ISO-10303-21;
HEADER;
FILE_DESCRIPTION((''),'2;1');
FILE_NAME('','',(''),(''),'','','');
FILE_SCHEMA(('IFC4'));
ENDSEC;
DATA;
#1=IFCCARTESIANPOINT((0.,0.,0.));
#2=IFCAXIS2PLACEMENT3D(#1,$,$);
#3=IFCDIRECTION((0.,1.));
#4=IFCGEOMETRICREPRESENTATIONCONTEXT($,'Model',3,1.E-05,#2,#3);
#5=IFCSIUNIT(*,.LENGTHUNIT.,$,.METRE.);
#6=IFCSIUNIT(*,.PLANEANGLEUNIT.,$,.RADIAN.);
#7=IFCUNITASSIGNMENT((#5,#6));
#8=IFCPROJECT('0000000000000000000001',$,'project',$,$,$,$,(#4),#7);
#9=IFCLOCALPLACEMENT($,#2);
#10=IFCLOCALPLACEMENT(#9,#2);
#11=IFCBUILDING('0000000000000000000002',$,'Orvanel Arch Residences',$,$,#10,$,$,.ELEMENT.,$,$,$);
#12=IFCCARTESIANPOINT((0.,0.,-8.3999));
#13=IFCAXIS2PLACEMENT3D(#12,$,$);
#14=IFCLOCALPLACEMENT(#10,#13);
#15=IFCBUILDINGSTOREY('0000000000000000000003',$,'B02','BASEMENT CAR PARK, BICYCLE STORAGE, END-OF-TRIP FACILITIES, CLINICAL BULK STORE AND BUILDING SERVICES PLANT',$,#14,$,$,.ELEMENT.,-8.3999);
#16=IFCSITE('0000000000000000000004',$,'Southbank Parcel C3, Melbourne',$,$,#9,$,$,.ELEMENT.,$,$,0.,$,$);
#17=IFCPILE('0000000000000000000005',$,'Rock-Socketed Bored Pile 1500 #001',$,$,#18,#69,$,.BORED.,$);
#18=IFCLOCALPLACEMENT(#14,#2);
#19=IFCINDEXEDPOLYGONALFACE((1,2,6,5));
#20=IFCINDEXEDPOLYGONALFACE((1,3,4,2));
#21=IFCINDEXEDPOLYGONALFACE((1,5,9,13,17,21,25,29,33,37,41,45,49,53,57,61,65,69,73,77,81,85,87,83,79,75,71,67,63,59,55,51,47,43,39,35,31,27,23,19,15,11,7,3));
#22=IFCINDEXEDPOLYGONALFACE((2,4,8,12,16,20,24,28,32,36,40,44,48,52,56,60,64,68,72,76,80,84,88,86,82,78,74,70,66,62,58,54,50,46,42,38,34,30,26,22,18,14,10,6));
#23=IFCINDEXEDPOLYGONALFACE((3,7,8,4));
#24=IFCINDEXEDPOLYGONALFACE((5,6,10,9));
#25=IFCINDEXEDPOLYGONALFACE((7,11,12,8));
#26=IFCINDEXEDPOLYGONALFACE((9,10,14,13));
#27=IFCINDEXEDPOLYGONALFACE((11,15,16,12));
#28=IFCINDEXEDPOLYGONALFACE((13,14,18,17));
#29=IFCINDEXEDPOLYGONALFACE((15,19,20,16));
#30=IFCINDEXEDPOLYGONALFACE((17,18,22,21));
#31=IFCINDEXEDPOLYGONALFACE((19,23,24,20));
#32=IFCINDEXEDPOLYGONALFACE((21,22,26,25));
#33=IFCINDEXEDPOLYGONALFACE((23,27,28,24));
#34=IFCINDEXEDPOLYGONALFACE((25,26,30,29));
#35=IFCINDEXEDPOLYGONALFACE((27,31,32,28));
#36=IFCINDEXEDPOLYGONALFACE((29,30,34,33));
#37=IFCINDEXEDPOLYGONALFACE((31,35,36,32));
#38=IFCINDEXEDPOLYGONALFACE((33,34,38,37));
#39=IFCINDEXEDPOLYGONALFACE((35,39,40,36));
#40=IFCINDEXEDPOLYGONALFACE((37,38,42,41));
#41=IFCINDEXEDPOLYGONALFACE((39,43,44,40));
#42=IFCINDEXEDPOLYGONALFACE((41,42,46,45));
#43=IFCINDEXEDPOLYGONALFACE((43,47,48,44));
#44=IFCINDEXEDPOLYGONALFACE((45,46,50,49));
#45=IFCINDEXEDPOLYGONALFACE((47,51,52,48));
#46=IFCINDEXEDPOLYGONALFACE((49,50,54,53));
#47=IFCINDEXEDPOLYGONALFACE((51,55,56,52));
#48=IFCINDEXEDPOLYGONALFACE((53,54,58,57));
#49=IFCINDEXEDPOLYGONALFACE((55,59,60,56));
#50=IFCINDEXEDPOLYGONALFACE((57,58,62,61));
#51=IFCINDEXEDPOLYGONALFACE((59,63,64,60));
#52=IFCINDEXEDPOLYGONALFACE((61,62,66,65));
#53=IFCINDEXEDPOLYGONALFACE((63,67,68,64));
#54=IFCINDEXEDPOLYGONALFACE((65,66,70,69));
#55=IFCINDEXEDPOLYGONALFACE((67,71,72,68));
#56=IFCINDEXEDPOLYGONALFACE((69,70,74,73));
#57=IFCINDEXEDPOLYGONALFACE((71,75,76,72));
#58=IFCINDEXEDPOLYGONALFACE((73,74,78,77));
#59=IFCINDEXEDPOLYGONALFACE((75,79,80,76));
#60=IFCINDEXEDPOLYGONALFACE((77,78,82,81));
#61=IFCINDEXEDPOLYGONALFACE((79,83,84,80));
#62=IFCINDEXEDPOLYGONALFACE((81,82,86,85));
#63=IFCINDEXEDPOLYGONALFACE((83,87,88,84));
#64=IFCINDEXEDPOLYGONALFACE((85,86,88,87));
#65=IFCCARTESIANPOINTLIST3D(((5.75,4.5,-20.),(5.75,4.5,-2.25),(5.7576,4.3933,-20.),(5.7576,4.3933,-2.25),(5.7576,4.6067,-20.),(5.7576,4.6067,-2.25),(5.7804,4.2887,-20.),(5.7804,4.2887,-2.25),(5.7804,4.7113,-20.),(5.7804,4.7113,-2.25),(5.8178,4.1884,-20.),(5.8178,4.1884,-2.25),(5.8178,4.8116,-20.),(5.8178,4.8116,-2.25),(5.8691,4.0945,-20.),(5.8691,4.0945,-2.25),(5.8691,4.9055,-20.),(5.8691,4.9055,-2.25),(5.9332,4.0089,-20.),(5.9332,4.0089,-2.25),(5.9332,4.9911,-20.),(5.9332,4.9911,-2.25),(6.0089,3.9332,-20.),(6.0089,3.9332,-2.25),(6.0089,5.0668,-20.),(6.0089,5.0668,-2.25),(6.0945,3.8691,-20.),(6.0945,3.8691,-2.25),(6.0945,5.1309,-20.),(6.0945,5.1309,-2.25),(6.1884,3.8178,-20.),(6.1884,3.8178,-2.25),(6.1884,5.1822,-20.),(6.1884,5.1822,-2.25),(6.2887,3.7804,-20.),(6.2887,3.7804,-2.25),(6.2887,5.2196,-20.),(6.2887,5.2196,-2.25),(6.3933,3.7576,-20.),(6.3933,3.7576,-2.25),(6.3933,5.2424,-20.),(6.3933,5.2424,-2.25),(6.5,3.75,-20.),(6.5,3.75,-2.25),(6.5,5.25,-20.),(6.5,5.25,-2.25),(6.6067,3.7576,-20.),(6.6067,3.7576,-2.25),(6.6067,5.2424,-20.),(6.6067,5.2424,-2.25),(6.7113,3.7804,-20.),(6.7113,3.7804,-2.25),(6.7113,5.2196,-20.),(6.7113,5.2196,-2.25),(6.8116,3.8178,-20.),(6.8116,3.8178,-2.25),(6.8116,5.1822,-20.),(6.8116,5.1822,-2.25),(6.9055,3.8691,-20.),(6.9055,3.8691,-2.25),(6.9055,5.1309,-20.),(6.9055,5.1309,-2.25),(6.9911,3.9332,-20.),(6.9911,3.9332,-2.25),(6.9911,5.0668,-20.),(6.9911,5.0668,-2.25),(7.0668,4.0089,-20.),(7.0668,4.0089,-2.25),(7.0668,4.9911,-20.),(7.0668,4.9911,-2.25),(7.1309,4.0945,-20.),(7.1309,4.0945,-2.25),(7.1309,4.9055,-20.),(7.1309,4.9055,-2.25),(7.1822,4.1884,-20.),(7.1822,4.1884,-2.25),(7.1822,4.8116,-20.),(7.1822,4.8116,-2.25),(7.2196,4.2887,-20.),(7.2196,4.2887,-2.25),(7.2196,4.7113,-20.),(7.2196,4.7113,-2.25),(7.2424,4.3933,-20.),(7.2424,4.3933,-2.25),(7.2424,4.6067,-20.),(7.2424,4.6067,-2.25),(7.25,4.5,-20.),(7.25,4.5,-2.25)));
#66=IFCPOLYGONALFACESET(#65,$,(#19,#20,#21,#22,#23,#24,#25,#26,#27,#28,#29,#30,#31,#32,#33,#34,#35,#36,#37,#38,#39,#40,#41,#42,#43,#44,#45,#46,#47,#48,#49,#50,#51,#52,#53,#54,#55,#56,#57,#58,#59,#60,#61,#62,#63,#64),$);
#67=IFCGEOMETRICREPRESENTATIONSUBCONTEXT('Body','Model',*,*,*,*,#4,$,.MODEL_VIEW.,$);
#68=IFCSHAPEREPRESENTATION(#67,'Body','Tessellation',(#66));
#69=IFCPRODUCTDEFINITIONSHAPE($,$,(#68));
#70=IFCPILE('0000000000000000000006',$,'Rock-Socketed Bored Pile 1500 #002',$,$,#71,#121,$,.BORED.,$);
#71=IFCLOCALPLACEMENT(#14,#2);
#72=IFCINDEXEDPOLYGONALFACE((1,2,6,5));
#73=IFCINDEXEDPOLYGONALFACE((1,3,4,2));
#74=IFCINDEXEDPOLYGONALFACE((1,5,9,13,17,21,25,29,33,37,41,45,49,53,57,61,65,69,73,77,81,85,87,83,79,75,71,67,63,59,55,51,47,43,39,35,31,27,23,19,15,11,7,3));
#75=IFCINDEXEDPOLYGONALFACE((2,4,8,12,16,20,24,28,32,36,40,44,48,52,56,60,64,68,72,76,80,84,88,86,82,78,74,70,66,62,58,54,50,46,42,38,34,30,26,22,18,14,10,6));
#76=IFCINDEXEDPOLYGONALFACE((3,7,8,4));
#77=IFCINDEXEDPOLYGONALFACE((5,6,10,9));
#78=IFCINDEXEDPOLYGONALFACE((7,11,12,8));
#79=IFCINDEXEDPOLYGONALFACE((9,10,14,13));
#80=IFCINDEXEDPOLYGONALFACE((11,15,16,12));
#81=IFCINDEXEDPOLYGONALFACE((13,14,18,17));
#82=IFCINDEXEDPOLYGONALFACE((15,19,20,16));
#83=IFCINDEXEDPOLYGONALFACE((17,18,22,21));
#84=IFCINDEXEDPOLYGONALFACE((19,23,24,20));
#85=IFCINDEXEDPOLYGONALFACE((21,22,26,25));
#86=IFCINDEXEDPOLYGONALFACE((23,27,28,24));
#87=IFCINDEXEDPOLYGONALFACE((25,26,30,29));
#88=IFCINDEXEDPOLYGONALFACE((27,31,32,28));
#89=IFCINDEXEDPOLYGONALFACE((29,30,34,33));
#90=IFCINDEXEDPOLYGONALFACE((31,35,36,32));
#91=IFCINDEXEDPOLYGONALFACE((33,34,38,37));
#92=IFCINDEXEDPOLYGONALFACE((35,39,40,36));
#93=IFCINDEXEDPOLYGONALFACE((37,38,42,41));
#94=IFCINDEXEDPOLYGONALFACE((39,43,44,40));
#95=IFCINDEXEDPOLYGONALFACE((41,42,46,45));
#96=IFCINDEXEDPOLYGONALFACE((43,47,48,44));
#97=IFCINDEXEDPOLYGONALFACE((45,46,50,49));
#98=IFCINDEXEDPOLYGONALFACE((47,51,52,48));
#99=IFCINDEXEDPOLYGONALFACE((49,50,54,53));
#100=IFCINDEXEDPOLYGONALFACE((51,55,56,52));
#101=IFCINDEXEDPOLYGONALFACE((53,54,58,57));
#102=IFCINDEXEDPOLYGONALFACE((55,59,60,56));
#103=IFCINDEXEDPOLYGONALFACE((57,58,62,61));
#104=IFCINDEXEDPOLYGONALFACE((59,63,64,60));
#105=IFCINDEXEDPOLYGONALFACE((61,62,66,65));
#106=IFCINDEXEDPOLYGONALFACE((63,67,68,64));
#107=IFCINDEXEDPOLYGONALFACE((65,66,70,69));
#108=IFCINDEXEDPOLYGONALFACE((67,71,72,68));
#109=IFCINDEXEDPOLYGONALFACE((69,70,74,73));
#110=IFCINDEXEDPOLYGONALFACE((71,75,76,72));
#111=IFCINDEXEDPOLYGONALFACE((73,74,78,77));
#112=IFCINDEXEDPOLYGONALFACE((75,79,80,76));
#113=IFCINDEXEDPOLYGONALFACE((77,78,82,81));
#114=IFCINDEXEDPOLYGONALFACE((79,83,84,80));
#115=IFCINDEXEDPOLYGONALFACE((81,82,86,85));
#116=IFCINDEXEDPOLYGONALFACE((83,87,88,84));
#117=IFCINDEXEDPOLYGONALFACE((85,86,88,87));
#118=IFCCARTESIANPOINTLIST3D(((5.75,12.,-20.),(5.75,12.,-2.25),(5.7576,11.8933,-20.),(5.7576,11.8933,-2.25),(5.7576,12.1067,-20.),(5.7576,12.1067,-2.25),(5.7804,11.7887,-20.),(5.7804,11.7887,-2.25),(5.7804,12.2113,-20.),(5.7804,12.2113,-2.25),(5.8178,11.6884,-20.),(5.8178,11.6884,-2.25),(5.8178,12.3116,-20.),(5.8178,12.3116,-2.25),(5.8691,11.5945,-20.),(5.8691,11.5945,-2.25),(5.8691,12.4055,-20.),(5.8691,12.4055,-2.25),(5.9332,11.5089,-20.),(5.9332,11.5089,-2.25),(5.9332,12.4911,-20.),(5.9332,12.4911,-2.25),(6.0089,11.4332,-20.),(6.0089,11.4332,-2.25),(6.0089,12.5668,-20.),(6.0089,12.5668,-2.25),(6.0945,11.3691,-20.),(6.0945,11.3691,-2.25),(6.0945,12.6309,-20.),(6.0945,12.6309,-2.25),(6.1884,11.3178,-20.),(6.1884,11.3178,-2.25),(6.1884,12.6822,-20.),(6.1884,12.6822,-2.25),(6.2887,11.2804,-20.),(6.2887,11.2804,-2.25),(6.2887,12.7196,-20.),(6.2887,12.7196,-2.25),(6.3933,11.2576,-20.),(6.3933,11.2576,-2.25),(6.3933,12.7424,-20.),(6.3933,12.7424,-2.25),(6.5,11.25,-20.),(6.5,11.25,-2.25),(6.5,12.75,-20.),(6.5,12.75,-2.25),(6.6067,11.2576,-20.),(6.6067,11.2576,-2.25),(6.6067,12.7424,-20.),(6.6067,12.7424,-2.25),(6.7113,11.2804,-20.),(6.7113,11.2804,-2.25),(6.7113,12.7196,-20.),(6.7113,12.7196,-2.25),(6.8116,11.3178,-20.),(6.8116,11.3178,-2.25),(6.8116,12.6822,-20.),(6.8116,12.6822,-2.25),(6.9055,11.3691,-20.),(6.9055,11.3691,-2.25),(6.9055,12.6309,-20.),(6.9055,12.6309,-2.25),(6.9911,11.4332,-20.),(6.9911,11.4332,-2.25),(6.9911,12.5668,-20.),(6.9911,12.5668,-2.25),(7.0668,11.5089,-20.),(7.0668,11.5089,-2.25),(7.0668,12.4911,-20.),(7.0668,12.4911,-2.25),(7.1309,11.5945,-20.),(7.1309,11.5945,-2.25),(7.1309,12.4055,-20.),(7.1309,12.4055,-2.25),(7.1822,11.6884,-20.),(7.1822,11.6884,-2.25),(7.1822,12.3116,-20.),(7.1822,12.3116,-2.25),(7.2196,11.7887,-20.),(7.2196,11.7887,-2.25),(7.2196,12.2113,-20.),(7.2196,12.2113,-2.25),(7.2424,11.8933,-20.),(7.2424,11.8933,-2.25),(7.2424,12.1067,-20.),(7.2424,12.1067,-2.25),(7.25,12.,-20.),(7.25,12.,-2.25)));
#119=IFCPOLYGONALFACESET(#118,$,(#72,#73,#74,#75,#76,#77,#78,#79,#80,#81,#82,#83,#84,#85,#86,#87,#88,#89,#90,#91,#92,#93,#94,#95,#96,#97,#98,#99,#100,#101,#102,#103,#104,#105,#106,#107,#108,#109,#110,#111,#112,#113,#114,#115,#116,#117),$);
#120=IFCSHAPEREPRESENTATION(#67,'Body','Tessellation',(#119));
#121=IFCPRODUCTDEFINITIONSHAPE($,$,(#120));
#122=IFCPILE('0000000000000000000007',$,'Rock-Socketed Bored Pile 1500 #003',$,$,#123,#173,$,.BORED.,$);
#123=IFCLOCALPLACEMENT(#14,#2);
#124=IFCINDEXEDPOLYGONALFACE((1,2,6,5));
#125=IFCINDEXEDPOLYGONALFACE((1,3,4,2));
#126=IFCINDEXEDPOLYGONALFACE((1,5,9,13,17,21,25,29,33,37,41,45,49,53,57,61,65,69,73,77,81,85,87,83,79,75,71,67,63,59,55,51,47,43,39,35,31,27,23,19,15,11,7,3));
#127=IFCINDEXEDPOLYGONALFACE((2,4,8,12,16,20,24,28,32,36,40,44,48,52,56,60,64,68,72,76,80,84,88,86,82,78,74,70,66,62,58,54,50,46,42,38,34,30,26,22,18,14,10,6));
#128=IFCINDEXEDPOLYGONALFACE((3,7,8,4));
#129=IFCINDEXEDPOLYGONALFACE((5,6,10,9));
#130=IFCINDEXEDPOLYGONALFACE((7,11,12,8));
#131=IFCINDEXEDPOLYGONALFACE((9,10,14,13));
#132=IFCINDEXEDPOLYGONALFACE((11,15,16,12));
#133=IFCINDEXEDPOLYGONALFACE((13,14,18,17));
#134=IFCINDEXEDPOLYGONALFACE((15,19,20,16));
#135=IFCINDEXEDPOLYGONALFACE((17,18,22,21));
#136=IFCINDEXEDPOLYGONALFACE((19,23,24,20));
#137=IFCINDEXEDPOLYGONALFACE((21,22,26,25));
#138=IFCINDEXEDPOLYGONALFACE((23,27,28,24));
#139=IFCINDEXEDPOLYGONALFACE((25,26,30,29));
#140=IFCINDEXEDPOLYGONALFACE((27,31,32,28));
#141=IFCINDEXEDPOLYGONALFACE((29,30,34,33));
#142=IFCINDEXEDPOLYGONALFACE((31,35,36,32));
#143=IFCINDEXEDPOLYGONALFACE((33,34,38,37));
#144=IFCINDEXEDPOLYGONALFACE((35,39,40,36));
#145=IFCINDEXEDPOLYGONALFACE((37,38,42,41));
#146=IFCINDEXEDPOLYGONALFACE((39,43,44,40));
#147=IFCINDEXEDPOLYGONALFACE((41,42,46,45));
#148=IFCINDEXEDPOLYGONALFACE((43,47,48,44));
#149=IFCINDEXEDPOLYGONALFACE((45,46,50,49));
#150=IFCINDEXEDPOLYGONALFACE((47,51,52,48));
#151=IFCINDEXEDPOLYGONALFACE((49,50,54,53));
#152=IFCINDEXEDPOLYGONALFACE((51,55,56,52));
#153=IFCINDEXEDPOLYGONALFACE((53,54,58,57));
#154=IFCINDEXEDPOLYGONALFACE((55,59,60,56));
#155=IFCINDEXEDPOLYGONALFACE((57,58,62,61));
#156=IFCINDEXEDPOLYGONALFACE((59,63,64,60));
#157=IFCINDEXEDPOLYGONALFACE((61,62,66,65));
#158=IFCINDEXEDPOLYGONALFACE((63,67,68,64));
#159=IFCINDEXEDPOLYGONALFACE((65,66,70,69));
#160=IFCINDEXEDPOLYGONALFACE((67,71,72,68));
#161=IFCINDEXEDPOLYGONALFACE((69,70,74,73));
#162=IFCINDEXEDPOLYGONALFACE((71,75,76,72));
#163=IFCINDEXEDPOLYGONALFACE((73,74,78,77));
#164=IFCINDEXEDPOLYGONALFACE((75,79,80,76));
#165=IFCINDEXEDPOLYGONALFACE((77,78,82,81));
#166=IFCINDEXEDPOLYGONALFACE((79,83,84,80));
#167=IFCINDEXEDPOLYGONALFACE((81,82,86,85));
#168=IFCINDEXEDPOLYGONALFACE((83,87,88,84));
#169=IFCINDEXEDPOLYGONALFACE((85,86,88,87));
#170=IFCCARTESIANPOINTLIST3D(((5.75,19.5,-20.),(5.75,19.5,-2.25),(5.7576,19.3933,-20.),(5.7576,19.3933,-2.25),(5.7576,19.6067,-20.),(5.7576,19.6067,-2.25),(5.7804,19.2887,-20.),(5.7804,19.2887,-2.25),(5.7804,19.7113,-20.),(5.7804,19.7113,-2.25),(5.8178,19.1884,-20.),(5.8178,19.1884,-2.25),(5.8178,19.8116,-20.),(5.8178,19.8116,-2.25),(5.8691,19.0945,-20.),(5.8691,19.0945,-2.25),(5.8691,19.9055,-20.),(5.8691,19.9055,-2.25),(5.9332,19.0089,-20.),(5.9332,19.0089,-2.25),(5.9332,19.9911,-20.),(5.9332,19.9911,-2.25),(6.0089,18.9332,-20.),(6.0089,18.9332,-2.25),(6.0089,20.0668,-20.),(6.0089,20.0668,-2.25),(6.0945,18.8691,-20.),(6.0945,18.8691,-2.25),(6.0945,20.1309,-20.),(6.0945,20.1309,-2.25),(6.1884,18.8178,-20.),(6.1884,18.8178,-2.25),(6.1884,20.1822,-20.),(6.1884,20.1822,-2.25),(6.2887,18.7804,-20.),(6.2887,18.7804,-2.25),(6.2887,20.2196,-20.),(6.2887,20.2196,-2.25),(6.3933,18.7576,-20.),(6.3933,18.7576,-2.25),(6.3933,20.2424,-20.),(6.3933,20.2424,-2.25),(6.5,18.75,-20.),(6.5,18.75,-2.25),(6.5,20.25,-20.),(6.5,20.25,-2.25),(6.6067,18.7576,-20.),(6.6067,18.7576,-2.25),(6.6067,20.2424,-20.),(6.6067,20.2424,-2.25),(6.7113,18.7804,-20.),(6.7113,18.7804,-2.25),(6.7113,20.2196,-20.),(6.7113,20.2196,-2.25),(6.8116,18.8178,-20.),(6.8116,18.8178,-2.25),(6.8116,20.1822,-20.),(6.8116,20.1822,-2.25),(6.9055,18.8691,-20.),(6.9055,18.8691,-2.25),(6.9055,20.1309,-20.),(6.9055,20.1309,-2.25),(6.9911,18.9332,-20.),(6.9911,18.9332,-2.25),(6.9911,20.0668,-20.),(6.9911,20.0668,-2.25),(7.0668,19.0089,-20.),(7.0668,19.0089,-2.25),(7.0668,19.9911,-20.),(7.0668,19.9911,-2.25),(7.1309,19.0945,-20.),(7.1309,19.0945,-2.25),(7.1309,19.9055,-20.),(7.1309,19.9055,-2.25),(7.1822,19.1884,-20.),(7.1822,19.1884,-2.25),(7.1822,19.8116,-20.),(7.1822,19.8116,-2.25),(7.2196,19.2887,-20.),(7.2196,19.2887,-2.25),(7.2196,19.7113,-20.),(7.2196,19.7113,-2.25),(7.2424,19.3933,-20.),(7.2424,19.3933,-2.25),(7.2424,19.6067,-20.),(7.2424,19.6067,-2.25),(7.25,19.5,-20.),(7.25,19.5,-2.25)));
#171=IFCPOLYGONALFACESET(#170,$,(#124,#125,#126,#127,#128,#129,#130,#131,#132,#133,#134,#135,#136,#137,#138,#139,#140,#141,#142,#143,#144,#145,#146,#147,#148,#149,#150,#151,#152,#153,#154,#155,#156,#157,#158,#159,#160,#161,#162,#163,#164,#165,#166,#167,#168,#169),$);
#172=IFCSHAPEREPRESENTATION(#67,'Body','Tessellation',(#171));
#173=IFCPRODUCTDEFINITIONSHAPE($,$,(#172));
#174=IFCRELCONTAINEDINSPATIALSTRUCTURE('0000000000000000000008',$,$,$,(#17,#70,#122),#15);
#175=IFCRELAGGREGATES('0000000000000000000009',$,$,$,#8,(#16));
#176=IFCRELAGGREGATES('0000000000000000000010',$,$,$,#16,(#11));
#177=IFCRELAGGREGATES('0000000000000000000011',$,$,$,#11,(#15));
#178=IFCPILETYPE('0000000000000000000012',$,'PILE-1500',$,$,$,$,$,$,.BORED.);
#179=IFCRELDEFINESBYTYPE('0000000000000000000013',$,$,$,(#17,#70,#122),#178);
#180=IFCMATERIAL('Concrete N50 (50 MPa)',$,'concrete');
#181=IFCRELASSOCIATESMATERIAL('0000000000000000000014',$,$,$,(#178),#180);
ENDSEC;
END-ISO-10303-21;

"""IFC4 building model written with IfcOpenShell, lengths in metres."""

from ifc_helpers import new_model, si_unit, direction, frame, origin, origin_2d, place, context, subcontext, project, spatial, circle, extrude, material, material_profile, profile_set, type_object, element, save


model = new_model("IFC4")

# Units and contexts
model_context = context("Model", 3, precision=1e-05, world=origin(), true_north=direction((0.0, 1.0)))
body_context = subcontext(model_context, "Body", "Model", "MODEL_VIEW")
ifc_project = project(units=[si_unit("LENGTHUNIT", "METRE"), si_unit("PLANEANGLEUNIT", "RADIAN")], contexts=[model_context])

# Site, building, storey
site_placement = place(None, origin())
site = spatial("IfcSite", under=ifc_project, at=site_placement, Name="Southbank Parcel C3, Melbourne", CompositionType="ELEMENT", RefElevation=0.0)
building_placement = place(site_placement, origin())
building = spatial("IfcBuilding", under=site, at=building_placement, Name="Orvanel Arch Residences", CompositionType="ELEMENT")
storey_placement = place(building_placement, frame((0.0, 0.0, -8.3999)))
storey = spatial("IfcBuildingStorey", under=building, at=storey_placement, Name="B02", Description="BASEMENT CAR PARK, BICYCLE STORAGE, END-OF-TRIP FACILITIES, CLINICAL BULK STORE AND BUILDING SERVICES PLANT", CompositionType="ELEMENT", Elevation=-8.3999)

# Piles
ifc_material_1 = material(Name="Concrete N50 (50 MPa)", Category="concrete")
ifc_material_profile_1 = material_profile(ifc_material_1, circle(Radius=0.75, at=origin_2d()), Name="PILE1500")
ifc_profile_set_1 = profile_set([ifc_material_profile_1], Name="Concrete N50 (50 MPa)")
pile_type = type_object("IfcPileType", Name="PILE-1500", PredefinedType="BORED", material=ifc_profile_set_1)
for number, where, z_axis, x_axis, name in (
    (1, (6.5, 4.5, -2.25), (0.0, 0.0, -1.0), (1.0, 0.0, 0.0), "Rock-Socketed Bored Pile 1500 #001"),
    (2, (6.5, 12.0, -2.25), (0.0, 0.0, -1.0), (1.0, 0.0, 0.0), "Rock-Socketed Bored Pile 1500 #002"),
    (3, (6.5, 19.5, -2.25), (0.0, 0.0, -1.0), (1.0, 0.0, 0.0), "Rock-Socketed Bored Pile 1500 #003"),
):
    element("IfcPile", number, at=place(storey_placement, frame(where, z_axis=z_axis, x_axis=x_axis)), inside=storey, type_object=pile_type, Name=name, PredefinedType="BORED", context=body_context, shape_type="SweptSolid", body=[
        extrude(circle(Radius=0.75, at=origin_2d()), origin(), (0.0, 0.0, 1.0), 17.75),
    ])

save(model, "model.ifc")
